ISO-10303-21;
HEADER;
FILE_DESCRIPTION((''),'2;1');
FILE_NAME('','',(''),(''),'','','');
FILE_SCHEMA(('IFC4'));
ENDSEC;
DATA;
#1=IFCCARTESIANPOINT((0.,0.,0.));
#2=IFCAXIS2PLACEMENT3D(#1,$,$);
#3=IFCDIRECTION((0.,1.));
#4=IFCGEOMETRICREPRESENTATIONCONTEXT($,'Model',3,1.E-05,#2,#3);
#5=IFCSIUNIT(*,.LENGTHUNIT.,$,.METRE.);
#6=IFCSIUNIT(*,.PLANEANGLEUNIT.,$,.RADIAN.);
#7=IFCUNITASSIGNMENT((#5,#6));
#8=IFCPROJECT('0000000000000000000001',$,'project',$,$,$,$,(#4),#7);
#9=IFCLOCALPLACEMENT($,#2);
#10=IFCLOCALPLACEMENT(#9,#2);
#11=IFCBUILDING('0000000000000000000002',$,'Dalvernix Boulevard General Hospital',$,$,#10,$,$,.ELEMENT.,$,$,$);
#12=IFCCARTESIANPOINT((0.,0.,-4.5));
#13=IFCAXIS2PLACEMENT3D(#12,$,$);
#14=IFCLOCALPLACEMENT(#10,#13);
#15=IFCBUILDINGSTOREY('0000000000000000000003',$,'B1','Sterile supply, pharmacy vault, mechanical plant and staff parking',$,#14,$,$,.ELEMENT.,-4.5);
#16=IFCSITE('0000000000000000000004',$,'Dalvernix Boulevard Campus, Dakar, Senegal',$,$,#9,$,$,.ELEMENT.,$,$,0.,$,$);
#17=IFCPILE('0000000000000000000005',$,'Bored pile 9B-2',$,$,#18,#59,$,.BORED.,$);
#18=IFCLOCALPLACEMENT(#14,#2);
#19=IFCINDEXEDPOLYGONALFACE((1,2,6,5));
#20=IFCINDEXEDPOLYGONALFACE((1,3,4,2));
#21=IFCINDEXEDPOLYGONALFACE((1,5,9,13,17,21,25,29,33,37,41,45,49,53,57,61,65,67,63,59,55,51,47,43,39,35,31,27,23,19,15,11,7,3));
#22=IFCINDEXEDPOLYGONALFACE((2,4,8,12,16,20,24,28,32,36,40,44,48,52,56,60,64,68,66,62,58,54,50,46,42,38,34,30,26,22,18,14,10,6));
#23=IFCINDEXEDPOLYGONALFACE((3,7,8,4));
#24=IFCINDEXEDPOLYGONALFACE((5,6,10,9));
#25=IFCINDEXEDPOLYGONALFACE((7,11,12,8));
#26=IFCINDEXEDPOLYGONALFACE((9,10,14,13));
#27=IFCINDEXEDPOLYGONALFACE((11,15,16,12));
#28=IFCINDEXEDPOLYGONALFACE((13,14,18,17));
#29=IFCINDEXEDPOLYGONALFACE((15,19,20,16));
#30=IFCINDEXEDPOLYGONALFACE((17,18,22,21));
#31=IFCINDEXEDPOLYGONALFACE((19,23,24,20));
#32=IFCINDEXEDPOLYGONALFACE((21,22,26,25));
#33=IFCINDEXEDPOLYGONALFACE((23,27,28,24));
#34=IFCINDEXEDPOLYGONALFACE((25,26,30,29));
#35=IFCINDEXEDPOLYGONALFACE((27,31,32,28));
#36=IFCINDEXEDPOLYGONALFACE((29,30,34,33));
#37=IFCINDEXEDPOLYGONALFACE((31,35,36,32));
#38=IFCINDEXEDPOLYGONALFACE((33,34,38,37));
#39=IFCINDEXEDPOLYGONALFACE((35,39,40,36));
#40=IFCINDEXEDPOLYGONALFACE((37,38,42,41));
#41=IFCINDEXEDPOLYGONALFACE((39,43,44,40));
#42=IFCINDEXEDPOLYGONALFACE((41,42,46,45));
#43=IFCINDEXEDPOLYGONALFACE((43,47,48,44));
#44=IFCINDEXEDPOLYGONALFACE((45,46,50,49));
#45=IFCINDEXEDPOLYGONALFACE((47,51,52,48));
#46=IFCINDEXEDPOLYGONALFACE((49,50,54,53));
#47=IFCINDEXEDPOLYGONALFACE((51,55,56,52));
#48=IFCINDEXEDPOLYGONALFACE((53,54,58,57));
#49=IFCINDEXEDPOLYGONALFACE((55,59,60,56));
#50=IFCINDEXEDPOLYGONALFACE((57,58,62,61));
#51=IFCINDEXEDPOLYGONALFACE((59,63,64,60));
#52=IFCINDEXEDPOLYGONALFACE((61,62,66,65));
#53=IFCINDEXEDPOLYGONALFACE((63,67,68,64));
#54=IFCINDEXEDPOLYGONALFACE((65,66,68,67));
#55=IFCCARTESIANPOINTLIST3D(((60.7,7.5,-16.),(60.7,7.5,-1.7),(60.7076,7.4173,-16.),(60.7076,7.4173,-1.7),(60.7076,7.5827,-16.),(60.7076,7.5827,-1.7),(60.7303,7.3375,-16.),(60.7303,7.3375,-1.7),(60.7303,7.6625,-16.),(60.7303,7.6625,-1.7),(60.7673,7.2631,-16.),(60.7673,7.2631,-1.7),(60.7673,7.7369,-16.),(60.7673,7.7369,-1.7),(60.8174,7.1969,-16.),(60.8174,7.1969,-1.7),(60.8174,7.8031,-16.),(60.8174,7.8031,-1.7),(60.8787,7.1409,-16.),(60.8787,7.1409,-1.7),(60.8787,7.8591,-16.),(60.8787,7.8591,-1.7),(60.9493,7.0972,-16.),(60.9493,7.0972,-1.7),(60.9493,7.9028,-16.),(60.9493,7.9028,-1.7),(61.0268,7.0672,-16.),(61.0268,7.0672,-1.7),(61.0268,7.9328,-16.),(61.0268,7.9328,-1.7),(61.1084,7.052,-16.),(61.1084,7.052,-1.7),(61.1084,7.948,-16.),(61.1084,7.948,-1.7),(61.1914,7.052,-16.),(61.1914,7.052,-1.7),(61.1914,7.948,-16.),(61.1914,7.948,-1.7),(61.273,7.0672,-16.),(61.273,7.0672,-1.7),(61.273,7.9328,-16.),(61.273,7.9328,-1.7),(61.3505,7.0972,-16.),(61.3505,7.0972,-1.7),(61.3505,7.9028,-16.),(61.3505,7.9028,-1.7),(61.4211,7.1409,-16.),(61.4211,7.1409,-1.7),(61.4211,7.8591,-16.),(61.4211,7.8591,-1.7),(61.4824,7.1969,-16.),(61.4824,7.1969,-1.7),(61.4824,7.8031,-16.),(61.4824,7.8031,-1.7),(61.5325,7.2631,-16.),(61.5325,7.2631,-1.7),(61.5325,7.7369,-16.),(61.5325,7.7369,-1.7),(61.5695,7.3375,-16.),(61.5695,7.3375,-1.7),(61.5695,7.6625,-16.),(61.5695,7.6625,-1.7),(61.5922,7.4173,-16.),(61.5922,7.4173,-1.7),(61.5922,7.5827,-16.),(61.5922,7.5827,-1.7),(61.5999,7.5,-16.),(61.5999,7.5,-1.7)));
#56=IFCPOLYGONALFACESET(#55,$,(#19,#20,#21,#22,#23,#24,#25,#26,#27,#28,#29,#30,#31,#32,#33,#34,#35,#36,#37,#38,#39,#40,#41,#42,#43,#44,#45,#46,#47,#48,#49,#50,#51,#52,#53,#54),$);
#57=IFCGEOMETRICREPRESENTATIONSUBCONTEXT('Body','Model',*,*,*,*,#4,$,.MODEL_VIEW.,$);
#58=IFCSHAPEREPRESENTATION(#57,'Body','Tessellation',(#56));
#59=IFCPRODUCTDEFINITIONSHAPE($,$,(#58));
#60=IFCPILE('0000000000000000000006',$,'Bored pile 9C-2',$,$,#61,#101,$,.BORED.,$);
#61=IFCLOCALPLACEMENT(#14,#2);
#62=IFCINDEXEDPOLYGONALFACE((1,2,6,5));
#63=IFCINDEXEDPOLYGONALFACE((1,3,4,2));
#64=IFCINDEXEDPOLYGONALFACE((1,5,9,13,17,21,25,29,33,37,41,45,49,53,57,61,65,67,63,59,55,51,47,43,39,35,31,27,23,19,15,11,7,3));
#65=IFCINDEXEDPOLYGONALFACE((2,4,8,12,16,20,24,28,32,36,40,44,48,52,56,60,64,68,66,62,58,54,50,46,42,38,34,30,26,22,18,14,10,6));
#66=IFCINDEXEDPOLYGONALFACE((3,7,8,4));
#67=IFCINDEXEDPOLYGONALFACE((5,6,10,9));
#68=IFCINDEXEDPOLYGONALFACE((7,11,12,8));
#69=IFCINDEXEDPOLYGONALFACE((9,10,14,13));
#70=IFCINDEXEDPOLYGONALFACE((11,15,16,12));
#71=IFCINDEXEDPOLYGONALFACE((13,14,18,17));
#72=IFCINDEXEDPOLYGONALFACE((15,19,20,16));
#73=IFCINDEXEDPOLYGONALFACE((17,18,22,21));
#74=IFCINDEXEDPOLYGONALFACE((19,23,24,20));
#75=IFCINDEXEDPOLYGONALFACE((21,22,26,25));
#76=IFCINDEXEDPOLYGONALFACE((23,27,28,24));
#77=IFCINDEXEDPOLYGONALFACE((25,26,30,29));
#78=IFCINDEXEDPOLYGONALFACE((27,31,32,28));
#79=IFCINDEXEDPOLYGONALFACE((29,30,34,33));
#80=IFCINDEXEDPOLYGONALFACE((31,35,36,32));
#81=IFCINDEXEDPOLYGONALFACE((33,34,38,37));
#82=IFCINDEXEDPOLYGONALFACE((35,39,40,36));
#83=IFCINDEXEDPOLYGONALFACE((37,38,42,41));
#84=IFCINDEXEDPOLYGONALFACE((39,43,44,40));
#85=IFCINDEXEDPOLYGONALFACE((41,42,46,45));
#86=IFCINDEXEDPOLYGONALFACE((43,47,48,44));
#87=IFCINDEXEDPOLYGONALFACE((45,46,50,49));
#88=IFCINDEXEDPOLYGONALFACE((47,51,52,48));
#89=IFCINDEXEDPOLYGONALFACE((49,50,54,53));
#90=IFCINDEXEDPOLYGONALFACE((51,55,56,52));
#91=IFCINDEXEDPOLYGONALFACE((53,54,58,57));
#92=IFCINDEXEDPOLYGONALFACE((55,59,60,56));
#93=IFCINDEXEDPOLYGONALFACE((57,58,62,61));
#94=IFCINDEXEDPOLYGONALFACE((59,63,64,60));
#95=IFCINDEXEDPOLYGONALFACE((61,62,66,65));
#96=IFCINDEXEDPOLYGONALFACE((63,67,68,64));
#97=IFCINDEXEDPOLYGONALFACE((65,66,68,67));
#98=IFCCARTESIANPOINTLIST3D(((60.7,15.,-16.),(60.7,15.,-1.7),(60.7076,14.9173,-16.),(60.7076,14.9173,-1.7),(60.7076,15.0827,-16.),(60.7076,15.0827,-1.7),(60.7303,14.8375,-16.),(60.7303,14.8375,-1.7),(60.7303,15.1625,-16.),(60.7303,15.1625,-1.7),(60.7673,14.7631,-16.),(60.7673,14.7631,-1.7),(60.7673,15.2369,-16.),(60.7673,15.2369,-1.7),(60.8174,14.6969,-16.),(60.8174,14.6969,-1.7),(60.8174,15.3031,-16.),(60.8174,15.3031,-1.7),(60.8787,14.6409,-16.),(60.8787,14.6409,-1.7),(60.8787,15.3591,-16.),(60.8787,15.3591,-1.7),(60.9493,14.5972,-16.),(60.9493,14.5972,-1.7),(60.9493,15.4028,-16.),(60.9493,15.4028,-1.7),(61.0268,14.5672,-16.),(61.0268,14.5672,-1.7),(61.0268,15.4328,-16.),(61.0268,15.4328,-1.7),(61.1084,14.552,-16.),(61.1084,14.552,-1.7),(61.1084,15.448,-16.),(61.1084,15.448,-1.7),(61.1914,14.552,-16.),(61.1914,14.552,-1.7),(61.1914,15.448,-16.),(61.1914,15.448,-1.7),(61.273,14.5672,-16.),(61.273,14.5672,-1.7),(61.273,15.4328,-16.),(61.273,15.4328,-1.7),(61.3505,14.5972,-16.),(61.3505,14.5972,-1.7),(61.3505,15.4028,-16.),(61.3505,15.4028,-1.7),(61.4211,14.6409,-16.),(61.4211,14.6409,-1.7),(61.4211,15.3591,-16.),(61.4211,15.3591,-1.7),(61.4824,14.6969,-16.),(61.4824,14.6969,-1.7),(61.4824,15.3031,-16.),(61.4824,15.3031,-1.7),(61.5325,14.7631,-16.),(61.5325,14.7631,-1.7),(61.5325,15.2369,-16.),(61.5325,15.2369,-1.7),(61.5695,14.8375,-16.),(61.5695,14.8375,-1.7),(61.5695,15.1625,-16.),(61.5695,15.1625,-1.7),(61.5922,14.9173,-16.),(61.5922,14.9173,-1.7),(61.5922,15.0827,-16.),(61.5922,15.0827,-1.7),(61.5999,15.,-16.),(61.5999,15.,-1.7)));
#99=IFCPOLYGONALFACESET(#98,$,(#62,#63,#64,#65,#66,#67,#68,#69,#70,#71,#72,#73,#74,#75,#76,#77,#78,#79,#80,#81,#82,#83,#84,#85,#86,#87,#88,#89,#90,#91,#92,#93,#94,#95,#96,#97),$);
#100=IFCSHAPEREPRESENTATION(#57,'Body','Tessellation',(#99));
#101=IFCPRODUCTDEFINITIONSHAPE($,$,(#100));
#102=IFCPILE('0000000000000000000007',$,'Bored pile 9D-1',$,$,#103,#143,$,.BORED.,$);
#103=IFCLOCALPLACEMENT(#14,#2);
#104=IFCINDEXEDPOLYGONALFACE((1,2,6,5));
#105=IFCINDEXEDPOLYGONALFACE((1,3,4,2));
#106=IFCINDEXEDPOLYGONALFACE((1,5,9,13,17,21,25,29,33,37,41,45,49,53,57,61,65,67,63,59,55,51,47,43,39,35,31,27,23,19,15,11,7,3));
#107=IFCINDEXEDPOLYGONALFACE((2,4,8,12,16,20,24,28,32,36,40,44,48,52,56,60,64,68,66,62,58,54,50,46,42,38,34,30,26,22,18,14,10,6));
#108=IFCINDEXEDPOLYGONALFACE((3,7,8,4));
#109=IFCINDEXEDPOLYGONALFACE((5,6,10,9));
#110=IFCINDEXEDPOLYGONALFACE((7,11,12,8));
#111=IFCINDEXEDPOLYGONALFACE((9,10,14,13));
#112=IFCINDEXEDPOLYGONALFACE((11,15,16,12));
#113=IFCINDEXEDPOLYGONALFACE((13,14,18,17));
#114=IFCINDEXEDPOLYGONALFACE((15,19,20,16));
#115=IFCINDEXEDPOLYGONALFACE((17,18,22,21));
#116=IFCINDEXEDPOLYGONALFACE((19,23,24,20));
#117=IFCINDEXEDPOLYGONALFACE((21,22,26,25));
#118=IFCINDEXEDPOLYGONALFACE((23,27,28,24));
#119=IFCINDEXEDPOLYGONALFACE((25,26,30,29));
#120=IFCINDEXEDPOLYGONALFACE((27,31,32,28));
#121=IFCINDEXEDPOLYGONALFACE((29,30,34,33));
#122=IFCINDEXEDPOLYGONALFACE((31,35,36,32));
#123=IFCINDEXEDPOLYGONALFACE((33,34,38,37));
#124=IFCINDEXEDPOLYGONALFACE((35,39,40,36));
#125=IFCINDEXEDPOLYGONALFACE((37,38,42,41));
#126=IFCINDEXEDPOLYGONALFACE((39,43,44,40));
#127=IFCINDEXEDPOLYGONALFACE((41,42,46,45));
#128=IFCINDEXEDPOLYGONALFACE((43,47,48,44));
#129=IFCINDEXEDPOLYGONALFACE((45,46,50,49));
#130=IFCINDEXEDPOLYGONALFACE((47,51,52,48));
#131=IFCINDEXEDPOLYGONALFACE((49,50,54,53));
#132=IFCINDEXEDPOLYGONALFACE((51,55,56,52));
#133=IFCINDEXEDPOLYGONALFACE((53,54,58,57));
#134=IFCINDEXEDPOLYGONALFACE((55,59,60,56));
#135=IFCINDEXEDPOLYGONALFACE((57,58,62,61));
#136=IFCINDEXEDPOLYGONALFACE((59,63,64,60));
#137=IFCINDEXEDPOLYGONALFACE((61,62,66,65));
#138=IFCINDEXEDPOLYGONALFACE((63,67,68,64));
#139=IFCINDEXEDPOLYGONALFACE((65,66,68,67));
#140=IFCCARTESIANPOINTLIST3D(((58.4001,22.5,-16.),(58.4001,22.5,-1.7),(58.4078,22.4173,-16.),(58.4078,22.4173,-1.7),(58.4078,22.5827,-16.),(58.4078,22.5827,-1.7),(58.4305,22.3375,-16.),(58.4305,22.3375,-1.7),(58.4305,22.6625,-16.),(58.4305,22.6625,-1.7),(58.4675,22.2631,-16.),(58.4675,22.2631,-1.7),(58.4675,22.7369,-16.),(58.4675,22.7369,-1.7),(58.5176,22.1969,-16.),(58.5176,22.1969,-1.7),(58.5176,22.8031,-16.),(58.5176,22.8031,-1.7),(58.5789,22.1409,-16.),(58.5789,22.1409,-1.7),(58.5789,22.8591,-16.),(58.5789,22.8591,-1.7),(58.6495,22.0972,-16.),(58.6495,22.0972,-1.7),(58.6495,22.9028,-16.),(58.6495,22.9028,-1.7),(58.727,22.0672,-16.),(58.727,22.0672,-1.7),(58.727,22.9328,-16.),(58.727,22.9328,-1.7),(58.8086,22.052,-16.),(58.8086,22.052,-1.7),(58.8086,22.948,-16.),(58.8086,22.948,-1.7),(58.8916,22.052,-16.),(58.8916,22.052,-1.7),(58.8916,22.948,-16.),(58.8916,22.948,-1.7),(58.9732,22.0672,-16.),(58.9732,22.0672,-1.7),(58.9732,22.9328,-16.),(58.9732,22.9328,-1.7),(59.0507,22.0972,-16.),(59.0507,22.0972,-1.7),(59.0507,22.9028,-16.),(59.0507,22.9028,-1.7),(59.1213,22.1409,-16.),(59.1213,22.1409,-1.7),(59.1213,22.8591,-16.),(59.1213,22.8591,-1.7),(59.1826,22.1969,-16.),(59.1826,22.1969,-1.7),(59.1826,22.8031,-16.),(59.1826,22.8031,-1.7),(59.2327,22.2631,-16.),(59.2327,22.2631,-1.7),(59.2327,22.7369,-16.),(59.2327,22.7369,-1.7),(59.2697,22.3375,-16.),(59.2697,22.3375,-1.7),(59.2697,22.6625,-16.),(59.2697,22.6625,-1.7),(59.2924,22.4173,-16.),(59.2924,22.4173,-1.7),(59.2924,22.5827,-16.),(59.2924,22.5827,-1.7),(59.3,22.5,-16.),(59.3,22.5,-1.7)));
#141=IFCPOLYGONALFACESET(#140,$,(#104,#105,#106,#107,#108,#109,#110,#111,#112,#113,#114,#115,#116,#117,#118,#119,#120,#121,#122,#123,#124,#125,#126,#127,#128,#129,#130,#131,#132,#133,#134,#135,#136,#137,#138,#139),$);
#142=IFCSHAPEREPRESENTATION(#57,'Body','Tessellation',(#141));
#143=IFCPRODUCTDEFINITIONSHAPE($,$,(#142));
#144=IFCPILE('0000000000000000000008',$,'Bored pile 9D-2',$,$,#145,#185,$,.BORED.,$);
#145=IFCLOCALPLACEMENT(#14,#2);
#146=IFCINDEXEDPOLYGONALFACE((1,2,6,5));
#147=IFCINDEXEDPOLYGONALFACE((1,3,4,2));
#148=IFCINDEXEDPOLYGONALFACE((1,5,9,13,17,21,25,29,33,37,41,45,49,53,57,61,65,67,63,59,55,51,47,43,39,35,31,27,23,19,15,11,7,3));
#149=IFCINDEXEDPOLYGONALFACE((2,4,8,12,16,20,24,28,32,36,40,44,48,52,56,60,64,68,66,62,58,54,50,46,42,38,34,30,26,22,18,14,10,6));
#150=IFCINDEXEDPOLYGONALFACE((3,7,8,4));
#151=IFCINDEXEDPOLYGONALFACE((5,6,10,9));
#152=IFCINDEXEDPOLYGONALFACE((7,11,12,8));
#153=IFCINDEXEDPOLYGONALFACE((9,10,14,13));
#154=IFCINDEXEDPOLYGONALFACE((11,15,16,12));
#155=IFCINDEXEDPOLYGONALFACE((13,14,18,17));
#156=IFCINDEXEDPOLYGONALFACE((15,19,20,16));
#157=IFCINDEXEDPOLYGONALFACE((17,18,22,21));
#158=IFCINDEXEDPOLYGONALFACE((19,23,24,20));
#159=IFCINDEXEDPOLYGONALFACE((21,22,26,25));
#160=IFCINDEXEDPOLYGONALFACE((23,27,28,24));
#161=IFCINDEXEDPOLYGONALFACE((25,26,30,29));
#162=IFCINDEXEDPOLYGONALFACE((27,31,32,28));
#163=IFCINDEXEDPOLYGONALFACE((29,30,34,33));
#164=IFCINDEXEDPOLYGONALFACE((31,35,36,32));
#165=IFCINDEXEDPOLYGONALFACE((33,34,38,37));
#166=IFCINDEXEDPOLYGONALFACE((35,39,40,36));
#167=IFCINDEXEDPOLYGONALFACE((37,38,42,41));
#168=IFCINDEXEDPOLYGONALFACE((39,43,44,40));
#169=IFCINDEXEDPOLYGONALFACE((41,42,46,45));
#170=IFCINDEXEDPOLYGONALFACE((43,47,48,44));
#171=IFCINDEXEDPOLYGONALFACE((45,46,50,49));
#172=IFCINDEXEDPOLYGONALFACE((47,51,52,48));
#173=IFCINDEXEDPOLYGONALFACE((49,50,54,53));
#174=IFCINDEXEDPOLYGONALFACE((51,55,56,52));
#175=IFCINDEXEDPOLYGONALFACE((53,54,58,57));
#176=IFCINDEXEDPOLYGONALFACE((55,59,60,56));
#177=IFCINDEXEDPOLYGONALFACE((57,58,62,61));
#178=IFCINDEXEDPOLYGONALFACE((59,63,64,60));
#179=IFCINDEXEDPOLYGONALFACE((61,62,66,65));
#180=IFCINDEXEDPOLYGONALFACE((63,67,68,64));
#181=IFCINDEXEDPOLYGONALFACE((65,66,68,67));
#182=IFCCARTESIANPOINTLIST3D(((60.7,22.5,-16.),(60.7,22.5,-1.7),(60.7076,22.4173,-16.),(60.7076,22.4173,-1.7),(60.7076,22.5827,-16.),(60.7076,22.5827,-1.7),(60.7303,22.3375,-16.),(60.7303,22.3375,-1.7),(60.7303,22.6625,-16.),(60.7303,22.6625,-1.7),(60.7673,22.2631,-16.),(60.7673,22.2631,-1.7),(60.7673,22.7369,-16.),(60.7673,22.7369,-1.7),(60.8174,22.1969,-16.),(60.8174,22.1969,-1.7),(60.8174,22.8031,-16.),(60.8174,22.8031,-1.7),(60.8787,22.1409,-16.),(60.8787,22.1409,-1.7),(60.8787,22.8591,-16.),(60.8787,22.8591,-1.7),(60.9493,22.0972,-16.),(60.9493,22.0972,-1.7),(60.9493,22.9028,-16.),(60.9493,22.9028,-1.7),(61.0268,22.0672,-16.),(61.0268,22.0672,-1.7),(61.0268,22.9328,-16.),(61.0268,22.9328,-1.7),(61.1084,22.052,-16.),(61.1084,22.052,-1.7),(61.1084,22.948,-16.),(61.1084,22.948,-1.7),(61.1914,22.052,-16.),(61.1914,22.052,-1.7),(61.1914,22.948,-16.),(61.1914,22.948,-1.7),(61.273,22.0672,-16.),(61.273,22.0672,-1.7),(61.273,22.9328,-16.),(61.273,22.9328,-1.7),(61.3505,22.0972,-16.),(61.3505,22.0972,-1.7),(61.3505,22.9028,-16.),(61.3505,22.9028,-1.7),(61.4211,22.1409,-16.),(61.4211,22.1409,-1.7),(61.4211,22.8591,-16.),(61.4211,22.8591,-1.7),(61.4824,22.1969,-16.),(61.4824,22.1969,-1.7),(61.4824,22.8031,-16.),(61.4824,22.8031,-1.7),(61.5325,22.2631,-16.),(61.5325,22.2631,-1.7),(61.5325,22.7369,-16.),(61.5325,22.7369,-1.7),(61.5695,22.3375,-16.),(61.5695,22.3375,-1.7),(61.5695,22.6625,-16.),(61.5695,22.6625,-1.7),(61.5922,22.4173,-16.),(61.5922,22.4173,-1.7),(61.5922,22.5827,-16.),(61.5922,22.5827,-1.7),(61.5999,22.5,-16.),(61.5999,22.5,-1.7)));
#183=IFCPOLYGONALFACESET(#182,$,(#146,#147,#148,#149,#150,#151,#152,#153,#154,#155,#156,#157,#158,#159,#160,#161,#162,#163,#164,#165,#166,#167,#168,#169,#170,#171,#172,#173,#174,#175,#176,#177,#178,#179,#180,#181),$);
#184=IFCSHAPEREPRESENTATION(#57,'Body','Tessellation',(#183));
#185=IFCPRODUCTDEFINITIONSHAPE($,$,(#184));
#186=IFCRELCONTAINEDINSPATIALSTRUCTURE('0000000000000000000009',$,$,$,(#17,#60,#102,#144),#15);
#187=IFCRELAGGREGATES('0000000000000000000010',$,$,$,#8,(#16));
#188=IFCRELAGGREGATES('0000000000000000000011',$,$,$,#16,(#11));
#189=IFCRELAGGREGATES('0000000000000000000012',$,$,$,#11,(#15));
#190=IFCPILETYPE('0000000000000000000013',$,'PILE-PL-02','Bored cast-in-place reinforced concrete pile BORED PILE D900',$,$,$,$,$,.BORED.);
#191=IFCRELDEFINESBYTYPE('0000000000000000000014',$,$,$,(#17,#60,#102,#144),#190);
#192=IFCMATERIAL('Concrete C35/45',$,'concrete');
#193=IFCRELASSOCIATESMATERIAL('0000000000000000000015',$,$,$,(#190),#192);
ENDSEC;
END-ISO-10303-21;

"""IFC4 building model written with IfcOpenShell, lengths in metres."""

from ifc_helpers import new_model, si_unit, direction, frame, origin, origin_2d, place, context, subcontext, project, spatial, circle, extrude, material, material_profile, profile_set, type_object, element, save


model = new_model("IFC4")

# Units and contexts
model_context = context("Model", 3, precision=1e-05, world=origin(), true_north=direction((0.0, 1.0)))
body_context = subcontext(model_context, "Body", "Model", "MODEL_VIEW")
ifc_project = project(units=[si_unit("LENGTHUNIT", "METRE"), si_unit("PLANEANGLEUNIT", "RADIAN")], contexts=[model_context])

# Site, building, storey
site_placement = place(None, origin())
site = spatial("IfcSite", under=ifc_project, at=site_placement, Name="Dalvernix Boulevard Campus, Dakar, Senegal", CompositionType="ELEMENT", RefElevation=0.0)
building_placement = place(site_placement, origin())
building = spatial("IfcBuilding", under=site, at=building_placement, Name="Dalvernix Boulevard General Hospital", CompositionType="ELEMENT")
storey_placement = place(building_placement, frame((0.0, 0.0, -4.5)))
storey = spatial("IfcBuildingStorey", under=building, at=storey_placement, Name="B1", Description="Sterile supply, pharmacy vault, mechanical plant and staff parking", CompositionType="ELEMENT", Elevation=-4.5)

# Shared definitions
ifc_material_1 = material(Name="Concrete C35/45", Category="concrete")

# Piles
ifc_material_profile_1 = material_profile(ifc_material_1, circle(Radius=0.45, at=origin_2d()), Name="BORED PILE D900")
ifc_profile_set_1 = profile_set([ifc_material_profile_1], Name="Concrete C35/45")
pile_type_1 = type_object("IfcPileType", Name="PILE-PL-02", Description="Bored cast-in-place reinforced concrete pile BORED PILE D900", PredefinedType="BORED", material=ifc_profile_set_1)
for number, where, z_axis, x_axis, name in (
    (1, (61.1499, 7.5, -1.7), (0.0, 0.0, -1.0), (1.0, 0.0, 0.0), "Bored pile 9B-2"),
    (2, (61.1499, 15.0, -1.7), (0.0, 0.0, -1.0), (1.0, 0.0, 0.0), "Bored pile 9C-2"),
    (3, (58.8501, 22.5, -1.7), (0.0, 0.0, -1.0), (1.0, 0.0, 0.0), "Bored pile 9D-1"),
    (4, (61.1499, 22.5, -1.7), (0.0, 0.0, -1.0), (1.0, 0.0, 0.0), "Bored pile 9D-2"),
):
    element("IfcPile", number, at=place(storey_placement, frame(where, z_axis=z_axis, x_axis=x_axis)), inside=storey, type_object=pile_type_1, Name=name, PredefinedType="BORED", context=body_context, shape_type="SweptSolid", body=[
        extrude(circle(Radius=0.45, at=origin_2d()), origin(), (0.0, 0.0, 1.0), 14.3),
    ])

save(model, "model.ifc")
